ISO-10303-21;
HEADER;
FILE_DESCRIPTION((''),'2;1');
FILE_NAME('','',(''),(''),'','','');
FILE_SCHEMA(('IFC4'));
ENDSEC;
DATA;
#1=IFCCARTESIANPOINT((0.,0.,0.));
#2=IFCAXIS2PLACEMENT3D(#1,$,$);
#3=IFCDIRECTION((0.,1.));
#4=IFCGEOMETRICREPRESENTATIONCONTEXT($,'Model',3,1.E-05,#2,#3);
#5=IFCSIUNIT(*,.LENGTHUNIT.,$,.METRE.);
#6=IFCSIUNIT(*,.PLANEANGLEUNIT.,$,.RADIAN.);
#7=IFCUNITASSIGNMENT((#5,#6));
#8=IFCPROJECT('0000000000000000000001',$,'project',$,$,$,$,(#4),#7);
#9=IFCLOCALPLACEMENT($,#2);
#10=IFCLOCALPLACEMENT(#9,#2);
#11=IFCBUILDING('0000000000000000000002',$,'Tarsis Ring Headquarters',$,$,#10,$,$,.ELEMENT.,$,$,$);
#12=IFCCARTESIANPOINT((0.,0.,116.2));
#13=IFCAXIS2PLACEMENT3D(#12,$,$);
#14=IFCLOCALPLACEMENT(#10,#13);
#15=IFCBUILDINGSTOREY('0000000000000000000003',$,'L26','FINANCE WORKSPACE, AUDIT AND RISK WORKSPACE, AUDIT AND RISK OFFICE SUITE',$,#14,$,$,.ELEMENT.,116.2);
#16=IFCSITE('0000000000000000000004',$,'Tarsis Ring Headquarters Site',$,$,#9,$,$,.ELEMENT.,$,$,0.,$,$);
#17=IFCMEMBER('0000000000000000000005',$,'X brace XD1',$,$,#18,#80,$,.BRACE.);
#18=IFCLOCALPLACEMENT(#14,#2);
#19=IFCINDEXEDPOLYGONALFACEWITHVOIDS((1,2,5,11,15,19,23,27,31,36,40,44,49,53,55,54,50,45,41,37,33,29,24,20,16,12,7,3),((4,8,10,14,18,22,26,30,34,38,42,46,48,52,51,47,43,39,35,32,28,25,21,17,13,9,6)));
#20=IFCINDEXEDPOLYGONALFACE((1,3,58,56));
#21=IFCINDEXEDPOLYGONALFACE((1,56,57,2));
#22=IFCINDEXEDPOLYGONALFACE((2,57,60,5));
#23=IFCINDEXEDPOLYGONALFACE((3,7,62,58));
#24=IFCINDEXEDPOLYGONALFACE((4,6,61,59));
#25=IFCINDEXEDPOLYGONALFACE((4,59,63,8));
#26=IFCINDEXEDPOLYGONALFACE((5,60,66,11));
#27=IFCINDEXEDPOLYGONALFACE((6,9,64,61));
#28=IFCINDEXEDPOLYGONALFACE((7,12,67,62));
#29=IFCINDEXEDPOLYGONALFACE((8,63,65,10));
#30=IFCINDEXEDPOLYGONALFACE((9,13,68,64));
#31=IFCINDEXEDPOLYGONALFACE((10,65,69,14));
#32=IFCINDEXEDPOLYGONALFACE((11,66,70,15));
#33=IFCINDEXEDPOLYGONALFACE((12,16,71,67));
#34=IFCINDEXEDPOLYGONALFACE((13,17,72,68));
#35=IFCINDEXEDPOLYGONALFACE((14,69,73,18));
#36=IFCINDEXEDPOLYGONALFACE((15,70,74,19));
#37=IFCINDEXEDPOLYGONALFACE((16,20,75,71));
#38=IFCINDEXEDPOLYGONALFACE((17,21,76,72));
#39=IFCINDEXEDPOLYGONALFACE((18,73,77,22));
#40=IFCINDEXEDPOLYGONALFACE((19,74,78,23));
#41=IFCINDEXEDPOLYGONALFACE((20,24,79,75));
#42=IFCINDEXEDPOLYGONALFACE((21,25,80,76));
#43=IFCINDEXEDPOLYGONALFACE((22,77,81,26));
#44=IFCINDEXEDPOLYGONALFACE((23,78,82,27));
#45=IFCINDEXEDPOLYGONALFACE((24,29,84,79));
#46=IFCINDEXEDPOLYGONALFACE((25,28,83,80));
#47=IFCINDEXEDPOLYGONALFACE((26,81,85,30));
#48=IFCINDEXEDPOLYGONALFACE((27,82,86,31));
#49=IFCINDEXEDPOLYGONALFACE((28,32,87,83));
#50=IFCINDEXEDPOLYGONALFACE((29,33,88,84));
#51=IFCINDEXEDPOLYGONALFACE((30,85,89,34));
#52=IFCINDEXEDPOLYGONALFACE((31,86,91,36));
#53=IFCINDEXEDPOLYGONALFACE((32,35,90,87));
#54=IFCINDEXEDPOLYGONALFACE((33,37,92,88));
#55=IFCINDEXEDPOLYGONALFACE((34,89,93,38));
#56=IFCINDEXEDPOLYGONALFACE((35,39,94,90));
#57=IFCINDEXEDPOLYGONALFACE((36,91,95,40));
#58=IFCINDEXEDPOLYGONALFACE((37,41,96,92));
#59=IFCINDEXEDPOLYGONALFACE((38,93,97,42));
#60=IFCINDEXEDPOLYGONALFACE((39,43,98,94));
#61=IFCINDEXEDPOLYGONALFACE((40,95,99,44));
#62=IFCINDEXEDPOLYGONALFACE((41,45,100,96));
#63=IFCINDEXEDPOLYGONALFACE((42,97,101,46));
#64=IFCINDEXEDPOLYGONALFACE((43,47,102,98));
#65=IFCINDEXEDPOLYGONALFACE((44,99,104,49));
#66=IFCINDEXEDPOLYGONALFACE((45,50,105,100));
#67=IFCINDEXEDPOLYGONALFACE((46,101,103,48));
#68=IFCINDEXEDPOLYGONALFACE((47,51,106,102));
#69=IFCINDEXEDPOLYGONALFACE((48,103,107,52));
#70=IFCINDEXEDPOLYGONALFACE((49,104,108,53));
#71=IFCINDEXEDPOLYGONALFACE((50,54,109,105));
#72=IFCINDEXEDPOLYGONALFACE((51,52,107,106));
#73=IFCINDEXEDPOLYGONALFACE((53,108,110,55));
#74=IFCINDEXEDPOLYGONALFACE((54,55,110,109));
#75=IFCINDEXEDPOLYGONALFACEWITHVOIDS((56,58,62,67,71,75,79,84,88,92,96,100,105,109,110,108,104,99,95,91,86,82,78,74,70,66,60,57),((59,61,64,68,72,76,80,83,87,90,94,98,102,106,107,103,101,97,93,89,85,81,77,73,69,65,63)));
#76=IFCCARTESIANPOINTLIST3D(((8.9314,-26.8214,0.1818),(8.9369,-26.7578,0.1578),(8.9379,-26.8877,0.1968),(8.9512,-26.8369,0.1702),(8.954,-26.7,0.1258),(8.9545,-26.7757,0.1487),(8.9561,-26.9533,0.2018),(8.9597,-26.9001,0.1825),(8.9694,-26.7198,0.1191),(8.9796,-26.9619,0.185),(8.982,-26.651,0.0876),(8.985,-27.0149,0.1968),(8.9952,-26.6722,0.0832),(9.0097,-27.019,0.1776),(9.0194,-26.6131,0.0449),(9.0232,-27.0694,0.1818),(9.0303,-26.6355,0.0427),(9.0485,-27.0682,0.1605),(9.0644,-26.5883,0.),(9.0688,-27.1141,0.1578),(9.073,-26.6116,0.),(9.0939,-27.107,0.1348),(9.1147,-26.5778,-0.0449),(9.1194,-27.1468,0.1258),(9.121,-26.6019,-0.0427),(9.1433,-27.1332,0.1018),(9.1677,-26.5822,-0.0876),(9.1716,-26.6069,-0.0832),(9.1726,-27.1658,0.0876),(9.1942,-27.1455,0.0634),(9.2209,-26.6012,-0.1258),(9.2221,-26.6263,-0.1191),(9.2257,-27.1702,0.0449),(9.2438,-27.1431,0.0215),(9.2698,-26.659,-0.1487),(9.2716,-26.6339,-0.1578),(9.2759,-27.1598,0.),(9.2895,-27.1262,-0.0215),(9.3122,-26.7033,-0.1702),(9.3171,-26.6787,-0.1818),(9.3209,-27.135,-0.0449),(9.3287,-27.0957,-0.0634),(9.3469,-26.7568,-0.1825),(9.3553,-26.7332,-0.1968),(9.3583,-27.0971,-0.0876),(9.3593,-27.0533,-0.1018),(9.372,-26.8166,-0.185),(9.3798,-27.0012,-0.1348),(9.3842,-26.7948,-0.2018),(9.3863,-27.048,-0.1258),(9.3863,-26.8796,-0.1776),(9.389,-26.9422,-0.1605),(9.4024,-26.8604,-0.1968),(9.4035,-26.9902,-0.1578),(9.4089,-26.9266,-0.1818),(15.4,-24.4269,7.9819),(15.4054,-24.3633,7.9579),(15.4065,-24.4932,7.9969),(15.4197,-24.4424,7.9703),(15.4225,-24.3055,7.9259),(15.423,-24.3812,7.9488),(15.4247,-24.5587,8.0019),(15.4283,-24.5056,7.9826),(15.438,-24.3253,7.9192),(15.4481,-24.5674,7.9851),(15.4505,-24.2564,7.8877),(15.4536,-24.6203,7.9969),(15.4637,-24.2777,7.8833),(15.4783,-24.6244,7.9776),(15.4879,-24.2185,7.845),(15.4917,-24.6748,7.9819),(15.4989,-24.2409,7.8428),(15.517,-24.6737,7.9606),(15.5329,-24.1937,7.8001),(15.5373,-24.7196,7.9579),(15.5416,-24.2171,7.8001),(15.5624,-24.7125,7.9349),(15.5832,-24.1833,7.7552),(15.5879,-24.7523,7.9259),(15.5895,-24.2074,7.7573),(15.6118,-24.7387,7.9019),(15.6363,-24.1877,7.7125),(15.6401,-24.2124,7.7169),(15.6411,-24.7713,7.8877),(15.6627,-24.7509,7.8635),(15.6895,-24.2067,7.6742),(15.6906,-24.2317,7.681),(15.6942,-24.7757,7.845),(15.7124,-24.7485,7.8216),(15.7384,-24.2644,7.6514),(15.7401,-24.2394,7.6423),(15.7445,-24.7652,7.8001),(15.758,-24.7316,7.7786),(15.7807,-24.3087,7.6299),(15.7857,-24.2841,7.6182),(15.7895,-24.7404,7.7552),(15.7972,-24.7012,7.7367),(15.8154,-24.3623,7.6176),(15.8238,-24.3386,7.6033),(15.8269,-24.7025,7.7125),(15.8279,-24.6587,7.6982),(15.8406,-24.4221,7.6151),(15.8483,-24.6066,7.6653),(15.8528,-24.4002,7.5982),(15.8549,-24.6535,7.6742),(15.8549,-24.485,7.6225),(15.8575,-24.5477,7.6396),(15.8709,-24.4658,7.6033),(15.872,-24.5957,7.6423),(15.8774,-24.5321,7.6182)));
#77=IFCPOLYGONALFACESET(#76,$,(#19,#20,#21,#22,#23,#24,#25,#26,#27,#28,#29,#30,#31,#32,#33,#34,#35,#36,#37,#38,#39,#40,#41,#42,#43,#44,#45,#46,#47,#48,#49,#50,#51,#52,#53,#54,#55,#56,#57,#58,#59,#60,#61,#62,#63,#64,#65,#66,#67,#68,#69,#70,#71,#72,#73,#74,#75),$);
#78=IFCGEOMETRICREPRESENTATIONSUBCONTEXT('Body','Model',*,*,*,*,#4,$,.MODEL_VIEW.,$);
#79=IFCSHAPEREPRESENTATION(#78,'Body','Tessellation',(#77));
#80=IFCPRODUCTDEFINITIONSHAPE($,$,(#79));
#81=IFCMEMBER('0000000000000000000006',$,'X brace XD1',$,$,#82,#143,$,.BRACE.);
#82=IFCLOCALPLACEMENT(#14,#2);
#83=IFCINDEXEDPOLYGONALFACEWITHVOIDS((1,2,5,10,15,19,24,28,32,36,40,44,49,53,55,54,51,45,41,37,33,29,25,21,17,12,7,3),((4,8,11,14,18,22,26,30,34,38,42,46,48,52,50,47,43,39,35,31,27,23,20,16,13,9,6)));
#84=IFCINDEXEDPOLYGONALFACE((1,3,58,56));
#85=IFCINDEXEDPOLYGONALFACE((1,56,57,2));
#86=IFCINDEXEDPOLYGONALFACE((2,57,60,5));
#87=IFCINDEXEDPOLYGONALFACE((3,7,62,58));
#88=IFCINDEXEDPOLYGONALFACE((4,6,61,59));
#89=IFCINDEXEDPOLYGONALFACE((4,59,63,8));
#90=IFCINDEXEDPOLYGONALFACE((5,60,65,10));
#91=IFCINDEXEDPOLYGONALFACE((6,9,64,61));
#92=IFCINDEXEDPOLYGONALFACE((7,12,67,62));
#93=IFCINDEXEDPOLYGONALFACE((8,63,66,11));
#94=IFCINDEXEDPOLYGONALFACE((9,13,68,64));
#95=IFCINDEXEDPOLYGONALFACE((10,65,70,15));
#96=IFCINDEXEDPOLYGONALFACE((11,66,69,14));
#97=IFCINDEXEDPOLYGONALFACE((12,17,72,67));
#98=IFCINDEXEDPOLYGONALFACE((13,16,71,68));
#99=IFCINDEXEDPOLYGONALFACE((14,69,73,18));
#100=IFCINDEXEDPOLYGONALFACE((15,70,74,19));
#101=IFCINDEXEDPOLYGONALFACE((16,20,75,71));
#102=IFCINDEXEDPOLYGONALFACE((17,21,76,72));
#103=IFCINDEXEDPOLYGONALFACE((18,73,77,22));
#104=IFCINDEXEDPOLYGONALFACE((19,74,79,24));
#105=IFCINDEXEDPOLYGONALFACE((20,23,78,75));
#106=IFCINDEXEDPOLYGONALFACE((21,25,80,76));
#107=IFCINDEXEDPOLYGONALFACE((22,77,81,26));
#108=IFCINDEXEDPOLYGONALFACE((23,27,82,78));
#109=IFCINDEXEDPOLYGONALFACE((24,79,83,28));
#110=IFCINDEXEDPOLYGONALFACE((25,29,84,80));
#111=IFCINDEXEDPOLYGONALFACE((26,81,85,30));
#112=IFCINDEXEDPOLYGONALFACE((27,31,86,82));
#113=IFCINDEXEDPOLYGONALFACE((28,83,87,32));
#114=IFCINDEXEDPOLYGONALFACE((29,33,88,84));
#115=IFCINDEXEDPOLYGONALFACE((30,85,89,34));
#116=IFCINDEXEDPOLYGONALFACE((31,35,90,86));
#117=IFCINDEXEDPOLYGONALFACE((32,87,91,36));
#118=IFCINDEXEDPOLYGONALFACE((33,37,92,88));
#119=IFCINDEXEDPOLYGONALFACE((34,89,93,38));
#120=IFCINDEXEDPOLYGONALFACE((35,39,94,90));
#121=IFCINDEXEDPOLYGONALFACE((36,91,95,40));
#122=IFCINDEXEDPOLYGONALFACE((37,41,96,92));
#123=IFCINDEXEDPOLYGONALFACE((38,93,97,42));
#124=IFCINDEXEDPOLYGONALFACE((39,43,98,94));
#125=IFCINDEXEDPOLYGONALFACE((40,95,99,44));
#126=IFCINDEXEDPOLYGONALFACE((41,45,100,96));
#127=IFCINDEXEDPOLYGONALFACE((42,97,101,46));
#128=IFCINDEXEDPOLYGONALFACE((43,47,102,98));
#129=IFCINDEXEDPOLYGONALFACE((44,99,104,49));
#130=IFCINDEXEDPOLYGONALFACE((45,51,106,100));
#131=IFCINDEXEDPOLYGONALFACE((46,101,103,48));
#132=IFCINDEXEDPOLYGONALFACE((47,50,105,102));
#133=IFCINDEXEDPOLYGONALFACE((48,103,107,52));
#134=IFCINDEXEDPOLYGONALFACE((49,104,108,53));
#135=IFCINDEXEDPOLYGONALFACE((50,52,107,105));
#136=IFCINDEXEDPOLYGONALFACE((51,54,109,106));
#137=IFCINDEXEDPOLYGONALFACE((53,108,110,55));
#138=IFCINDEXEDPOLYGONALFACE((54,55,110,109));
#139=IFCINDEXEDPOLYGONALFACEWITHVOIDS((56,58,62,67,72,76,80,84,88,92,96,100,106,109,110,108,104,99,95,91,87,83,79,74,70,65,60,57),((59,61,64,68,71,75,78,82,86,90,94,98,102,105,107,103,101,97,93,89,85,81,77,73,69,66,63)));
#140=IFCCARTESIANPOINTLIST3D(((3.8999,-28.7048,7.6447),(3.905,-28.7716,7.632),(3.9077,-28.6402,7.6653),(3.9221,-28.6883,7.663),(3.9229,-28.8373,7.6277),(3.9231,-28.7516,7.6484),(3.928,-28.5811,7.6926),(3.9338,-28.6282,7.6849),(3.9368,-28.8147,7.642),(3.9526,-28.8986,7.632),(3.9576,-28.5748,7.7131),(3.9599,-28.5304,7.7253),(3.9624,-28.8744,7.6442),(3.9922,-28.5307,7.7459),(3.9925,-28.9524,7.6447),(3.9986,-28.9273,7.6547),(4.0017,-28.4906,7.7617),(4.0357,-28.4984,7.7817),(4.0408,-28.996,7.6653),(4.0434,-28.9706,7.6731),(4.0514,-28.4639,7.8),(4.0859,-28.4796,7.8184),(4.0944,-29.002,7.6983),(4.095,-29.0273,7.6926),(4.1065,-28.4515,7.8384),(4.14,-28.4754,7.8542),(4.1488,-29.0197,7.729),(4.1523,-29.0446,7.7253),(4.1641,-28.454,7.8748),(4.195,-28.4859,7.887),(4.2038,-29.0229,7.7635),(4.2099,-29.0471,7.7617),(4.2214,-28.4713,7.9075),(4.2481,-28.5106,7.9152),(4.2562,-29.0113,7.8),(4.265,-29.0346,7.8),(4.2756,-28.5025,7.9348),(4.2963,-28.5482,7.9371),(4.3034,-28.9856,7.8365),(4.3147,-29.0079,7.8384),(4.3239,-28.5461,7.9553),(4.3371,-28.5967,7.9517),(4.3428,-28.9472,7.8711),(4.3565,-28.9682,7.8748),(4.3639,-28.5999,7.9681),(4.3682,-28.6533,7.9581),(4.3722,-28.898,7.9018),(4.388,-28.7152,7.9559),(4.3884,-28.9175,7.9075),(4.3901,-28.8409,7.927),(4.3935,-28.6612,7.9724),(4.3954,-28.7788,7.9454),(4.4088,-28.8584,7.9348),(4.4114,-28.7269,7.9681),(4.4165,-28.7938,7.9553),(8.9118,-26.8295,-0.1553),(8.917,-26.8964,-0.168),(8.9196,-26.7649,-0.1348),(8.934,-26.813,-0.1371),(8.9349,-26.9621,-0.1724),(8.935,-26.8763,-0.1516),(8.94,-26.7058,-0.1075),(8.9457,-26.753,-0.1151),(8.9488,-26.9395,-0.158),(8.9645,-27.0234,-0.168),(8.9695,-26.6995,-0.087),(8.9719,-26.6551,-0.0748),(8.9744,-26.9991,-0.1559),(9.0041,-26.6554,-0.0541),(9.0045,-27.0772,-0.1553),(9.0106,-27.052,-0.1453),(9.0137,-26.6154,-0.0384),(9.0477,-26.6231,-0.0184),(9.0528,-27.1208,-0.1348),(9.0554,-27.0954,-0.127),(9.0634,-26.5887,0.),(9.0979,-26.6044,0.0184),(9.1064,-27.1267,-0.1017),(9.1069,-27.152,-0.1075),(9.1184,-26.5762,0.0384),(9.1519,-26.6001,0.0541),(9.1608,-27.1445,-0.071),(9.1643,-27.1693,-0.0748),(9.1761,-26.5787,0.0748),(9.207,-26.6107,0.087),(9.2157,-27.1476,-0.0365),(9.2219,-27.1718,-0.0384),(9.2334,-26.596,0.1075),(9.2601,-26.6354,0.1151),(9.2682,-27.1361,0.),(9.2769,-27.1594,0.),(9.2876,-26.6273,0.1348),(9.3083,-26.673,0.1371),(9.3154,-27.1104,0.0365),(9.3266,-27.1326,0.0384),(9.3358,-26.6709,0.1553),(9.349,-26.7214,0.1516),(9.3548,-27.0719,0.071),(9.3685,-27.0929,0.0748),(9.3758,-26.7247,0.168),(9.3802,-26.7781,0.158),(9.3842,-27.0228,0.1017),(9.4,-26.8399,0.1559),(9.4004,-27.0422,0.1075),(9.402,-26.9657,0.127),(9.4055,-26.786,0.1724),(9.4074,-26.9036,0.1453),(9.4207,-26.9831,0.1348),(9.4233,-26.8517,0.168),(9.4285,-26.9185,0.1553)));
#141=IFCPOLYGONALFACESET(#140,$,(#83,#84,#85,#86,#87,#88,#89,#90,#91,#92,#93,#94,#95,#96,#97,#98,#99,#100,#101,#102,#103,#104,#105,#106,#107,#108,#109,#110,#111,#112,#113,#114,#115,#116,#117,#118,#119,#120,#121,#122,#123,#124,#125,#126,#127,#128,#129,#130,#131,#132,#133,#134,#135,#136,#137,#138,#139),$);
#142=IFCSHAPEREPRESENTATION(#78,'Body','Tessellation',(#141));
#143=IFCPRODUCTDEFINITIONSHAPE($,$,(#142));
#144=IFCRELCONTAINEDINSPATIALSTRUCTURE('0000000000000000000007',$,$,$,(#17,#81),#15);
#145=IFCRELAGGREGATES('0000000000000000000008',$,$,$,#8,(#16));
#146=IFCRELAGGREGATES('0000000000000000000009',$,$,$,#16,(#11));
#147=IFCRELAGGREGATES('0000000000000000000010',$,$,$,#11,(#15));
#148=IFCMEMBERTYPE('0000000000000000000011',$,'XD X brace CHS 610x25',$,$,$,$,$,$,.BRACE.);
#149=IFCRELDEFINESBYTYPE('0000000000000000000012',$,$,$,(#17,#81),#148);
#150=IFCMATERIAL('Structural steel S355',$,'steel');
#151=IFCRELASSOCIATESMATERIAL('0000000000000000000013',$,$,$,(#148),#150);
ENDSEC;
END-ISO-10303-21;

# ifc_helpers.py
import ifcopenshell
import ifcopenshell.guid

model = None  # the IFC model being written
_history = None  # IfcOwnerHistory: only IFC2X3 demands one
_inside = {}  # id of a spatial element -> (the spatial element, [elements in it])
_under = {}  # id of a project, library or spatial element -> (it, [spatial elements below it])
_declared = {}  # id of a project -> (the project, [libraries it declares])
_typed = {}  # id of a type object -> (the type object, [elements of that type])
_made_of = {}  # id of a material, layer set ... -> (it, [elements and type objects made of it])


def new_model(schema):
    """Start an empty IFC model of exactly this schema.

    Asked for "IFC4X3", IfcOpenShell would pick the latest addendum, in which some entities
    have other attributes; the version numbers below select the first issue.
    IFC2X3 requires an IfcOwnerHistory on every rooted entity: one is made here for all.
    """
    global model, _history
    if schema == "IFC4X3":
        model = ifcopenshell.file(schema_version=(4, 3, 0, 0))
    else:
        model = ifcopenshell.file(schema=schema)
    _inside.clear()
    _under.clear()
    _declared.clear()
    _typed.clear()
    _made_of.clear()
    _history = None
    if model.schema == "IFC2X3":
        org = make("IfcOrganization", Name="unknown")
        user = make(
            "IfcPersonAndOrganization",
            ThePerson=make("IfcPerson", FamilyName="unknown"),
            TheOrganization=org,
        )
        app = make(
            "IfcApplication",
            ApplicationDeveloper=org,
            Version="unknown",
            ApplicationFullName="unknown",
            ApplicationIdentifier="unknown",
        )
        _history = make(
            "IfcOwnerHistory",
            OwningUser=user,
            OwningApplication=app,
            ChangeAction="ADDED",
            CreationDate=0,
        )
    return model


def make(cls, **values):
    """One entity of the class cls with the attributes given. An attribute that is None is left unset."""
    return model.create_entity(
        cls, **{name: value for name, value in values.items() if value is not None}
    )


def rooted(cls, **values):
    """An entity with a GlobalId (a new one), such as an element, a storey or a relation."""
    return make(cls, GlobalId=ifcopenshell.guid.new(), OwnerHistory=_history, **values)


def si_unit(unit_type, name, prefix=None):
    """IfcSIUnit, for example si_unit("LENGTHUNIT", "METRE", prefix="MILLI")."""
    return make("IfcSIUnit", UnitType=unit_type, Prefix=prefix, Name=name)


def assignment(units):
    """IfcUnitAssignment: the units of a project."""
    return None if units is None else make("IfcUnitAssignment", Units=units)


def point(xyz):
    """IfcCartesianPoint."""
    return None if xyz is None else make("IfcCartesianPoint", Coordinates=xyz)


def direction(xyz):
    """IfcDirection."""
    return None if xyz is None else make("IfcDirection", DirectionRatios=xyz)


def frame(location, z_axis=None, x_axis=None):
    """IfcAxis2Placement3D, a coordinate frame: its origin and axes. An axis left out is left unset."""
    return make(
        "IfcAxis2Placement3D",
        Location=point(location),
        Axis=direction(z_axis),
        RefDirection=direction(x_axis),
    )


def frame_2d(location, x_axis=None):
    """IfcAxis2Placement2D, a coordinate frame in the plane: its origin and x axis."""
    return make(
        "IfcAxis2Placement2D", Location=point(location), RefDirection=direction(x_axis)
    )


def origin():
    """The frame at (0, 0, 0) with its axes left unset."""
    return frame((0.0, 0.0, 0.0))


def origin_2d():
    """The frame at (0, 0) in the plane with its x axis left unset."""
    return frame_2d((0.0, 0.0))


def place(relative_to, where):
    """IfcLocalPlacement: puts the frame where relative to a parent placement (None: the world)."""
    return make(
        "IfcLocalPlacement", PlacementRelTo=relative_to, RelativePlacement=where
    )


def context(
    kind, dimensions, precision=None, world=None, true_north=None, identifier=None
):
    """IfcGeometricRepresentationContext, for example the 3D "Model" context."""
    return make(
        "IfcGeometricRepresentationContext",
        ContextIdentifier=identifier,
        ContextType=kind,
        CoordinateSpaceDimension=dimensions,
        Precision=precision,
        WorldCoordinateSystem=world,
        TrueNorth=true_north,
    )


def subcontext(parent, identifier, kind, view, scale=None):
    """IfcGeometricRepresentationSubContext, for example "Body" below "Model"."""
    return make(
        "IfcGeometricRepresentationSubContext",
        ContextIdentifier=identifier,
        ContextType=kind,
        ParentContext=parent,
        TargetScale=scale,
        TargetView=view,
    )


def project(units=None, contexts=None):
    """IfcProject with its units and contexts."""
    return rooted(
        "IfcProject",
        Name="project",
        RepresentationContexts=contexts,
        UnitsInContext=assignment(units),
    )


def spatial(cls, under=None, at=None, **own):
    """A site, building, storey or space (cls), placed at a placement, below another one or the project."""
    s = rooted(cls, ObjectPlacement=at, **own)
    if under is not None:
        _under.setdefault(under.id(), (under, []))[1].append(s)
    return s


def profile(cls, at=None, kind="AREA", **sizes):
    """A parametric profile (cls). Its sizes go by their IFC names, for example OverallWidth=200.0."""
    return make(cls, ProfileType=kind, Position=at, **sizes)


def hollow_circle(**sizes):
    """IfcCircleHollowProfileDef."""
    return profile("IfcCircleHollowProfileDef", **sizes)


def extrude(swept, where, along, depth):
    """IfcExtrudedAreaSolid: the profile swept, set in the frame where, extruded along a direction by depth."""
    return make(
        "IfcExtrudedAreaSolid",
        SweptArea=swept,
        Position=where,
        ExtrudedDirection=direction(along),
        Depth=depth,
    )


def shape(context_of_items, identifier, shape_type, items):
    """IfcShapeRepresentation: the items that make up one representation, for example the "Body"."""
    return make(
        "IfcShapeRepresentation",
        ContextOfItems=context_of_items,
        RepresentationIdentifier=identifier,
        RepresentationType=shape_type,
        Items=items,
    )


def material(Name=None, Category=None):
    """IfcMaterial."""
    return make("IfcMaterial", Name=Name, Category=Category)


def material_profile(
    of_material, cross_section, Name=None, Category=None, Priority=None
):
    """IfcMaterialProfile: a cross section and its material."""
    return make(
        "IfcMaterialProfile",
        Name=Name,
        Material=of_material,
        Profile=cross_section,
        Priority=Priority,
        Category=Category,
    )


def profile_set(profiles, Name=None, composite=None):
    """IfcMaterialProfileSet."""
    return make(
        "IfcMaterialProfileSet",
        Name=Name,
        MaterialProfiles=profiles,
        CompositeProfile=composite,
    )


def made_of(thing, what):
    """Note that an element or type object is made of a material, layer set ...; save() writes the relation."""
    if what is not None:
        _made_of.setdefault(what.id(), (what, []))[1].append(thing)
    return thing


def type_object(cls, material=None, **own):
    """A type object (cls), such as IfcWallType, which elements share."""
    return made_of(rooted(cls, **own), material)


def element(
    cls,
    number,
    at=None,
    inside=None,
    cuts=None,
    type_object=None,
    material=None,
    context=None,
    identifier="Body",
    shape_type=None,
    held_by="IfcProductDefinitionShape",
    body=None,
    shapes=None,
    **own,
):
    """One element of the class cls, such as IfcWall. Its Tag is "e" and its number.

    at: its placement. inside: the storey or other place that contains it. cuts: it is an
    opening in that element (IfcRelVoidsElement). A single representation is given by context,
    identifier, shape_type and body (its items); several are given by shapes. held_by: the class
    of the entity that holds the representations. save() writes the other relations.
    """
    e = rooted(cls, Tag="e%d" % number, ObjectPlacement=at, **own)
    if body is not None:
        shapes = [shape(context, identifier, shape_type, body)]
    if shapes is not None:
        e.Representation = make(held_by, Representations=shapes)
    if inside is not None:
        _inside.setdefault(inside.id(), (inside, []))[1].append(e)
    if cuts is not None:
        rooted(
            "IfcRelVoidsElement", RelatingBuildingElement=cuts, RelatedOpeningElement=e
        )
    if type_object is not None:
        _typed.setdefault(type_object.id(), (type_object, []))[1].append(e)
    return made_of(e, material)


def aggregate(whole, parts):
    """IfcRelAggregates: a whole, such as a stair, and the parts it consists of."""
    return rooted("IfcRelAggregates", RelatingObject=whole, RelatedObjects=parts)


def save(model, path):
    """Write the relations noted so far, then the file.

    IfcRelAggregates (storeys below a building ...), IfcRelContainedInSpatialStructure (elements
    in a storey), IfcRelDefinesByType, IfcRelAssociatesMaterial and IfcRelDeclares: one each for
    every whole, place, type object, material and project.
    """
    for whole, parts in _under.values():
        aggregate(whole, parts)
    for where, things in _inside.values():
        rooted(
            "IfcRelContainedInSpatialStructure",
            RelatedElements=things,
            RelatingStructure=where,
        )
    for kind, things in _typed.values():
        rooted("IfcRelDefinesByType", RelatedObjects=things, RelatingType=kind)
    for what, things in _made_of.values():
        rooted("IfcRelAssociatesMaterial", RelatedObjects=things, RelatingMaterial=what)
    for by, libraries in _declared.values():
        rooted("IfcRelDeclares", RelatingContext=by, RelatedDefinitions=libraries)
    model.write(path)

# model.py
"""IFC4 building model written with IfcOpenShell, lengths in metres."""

from ifc_helpers import new_model, si_unit, direction, frame, origin, origin_2d, place, context, subcontext, project, spatial, hollow_circle, extrude, material, material_profile, profile_set, type_object, element, save


model = new_model("IFC4")

# Units and contexts
model_context = context("Model", 3, precision=1e-05, world=origin(), true_north=direction((0.0, 1.0)))
body_context = subcontext(model_context, "Body", "Model", "MODEL_VIEW")
ifc_project = project(units=[si_unit("LENGTHUNIT", "METRE"), si_unit("PLANEANGLEUNIT", "RADIAN")], contexts=[model_context])

# Site, building, storey
site_placement = place(None, origin())
site = spatial("IfcSite", under=ifc_project, at=site_placement, Name="Tarsis Ring Headquarters Site", CompositionType="ELEMENT", RefElevation=0.0)
building_placement = place(site_placement, origin())
building = spatial("IfcBuilding", under=site, at=building_placement, Name="Tarsis Ring Headquarters", CompositionType="ELEMENT")
storey_placement = place(building_placement, frame((0.0, 0.0, 116.2)))
storey = spatial("IfcBuildingStorey", under=building, at=storey_placement, Name="L26", Description="FINANCE WORKSPACE, AUDIT AND RISK WORKSPACE, AUDIT AND RISK OFFICE SUITE", CompositionType="ELEMENT", Elevation=116.2)

# Members
ifc_material_1 = material(Name="Structural steel S355", Category="steel")
ifc_material_profile = material_profile(ifc_material_1, hollow_circle(Radius=0.3047, WallThickness=0.0249, at=origin_2d()), Name="CHS 610x25")
ifc_profile_set = profile_set([ifc_material_profile], Name="Structural steel S355")
member_type = type_object("IfcMemberType", Name="XD X brace CHS 610x25", PredefinedType="BRACE", material=ifc_profile_set)
member_1_placement = place(storey_placement, frame((9.1702, -26.874, 0.0), z_axis=(0.621237, 0.229971, 0.749118), x_axis=(-0.34716, 0.937806, 0.0)))
element("IfcMember", 1, at=member_1_placement, inside=storey, type_object=member_type, Name="X brace XD1", PredefinedType="BRACE", context=body_context, shape_type="SweptSolid", body=[
    extrude(hollow_circle(Radius=0.3047, WallThickness=0.0249, at=origin_2d()), origin(), (0.0, 0.0, 1.0), 10.4124),
])
member_2_placement = place(storey_placement, frame((9.1702, -26.874, 0.0), z_axis=(-0.529849, -0.198245, 0.824596), x_axis=(0.350428, -0.93659, 0.0)))
element("IfcMember", 2, at=member_2_placement, inside=storey, type_object=member_type, Name="X brace XD1", PredefinedType="BRACE", context=body_context, shape_type="SweptSolid", body=[
    extrude(hollow_circle(Radius=0.3047, WallThickness=0.0249, at=origin_2d()), origin(), (0.0, 0.0, 1.0), 9.4592),
])

save(model, "model.ifc")
